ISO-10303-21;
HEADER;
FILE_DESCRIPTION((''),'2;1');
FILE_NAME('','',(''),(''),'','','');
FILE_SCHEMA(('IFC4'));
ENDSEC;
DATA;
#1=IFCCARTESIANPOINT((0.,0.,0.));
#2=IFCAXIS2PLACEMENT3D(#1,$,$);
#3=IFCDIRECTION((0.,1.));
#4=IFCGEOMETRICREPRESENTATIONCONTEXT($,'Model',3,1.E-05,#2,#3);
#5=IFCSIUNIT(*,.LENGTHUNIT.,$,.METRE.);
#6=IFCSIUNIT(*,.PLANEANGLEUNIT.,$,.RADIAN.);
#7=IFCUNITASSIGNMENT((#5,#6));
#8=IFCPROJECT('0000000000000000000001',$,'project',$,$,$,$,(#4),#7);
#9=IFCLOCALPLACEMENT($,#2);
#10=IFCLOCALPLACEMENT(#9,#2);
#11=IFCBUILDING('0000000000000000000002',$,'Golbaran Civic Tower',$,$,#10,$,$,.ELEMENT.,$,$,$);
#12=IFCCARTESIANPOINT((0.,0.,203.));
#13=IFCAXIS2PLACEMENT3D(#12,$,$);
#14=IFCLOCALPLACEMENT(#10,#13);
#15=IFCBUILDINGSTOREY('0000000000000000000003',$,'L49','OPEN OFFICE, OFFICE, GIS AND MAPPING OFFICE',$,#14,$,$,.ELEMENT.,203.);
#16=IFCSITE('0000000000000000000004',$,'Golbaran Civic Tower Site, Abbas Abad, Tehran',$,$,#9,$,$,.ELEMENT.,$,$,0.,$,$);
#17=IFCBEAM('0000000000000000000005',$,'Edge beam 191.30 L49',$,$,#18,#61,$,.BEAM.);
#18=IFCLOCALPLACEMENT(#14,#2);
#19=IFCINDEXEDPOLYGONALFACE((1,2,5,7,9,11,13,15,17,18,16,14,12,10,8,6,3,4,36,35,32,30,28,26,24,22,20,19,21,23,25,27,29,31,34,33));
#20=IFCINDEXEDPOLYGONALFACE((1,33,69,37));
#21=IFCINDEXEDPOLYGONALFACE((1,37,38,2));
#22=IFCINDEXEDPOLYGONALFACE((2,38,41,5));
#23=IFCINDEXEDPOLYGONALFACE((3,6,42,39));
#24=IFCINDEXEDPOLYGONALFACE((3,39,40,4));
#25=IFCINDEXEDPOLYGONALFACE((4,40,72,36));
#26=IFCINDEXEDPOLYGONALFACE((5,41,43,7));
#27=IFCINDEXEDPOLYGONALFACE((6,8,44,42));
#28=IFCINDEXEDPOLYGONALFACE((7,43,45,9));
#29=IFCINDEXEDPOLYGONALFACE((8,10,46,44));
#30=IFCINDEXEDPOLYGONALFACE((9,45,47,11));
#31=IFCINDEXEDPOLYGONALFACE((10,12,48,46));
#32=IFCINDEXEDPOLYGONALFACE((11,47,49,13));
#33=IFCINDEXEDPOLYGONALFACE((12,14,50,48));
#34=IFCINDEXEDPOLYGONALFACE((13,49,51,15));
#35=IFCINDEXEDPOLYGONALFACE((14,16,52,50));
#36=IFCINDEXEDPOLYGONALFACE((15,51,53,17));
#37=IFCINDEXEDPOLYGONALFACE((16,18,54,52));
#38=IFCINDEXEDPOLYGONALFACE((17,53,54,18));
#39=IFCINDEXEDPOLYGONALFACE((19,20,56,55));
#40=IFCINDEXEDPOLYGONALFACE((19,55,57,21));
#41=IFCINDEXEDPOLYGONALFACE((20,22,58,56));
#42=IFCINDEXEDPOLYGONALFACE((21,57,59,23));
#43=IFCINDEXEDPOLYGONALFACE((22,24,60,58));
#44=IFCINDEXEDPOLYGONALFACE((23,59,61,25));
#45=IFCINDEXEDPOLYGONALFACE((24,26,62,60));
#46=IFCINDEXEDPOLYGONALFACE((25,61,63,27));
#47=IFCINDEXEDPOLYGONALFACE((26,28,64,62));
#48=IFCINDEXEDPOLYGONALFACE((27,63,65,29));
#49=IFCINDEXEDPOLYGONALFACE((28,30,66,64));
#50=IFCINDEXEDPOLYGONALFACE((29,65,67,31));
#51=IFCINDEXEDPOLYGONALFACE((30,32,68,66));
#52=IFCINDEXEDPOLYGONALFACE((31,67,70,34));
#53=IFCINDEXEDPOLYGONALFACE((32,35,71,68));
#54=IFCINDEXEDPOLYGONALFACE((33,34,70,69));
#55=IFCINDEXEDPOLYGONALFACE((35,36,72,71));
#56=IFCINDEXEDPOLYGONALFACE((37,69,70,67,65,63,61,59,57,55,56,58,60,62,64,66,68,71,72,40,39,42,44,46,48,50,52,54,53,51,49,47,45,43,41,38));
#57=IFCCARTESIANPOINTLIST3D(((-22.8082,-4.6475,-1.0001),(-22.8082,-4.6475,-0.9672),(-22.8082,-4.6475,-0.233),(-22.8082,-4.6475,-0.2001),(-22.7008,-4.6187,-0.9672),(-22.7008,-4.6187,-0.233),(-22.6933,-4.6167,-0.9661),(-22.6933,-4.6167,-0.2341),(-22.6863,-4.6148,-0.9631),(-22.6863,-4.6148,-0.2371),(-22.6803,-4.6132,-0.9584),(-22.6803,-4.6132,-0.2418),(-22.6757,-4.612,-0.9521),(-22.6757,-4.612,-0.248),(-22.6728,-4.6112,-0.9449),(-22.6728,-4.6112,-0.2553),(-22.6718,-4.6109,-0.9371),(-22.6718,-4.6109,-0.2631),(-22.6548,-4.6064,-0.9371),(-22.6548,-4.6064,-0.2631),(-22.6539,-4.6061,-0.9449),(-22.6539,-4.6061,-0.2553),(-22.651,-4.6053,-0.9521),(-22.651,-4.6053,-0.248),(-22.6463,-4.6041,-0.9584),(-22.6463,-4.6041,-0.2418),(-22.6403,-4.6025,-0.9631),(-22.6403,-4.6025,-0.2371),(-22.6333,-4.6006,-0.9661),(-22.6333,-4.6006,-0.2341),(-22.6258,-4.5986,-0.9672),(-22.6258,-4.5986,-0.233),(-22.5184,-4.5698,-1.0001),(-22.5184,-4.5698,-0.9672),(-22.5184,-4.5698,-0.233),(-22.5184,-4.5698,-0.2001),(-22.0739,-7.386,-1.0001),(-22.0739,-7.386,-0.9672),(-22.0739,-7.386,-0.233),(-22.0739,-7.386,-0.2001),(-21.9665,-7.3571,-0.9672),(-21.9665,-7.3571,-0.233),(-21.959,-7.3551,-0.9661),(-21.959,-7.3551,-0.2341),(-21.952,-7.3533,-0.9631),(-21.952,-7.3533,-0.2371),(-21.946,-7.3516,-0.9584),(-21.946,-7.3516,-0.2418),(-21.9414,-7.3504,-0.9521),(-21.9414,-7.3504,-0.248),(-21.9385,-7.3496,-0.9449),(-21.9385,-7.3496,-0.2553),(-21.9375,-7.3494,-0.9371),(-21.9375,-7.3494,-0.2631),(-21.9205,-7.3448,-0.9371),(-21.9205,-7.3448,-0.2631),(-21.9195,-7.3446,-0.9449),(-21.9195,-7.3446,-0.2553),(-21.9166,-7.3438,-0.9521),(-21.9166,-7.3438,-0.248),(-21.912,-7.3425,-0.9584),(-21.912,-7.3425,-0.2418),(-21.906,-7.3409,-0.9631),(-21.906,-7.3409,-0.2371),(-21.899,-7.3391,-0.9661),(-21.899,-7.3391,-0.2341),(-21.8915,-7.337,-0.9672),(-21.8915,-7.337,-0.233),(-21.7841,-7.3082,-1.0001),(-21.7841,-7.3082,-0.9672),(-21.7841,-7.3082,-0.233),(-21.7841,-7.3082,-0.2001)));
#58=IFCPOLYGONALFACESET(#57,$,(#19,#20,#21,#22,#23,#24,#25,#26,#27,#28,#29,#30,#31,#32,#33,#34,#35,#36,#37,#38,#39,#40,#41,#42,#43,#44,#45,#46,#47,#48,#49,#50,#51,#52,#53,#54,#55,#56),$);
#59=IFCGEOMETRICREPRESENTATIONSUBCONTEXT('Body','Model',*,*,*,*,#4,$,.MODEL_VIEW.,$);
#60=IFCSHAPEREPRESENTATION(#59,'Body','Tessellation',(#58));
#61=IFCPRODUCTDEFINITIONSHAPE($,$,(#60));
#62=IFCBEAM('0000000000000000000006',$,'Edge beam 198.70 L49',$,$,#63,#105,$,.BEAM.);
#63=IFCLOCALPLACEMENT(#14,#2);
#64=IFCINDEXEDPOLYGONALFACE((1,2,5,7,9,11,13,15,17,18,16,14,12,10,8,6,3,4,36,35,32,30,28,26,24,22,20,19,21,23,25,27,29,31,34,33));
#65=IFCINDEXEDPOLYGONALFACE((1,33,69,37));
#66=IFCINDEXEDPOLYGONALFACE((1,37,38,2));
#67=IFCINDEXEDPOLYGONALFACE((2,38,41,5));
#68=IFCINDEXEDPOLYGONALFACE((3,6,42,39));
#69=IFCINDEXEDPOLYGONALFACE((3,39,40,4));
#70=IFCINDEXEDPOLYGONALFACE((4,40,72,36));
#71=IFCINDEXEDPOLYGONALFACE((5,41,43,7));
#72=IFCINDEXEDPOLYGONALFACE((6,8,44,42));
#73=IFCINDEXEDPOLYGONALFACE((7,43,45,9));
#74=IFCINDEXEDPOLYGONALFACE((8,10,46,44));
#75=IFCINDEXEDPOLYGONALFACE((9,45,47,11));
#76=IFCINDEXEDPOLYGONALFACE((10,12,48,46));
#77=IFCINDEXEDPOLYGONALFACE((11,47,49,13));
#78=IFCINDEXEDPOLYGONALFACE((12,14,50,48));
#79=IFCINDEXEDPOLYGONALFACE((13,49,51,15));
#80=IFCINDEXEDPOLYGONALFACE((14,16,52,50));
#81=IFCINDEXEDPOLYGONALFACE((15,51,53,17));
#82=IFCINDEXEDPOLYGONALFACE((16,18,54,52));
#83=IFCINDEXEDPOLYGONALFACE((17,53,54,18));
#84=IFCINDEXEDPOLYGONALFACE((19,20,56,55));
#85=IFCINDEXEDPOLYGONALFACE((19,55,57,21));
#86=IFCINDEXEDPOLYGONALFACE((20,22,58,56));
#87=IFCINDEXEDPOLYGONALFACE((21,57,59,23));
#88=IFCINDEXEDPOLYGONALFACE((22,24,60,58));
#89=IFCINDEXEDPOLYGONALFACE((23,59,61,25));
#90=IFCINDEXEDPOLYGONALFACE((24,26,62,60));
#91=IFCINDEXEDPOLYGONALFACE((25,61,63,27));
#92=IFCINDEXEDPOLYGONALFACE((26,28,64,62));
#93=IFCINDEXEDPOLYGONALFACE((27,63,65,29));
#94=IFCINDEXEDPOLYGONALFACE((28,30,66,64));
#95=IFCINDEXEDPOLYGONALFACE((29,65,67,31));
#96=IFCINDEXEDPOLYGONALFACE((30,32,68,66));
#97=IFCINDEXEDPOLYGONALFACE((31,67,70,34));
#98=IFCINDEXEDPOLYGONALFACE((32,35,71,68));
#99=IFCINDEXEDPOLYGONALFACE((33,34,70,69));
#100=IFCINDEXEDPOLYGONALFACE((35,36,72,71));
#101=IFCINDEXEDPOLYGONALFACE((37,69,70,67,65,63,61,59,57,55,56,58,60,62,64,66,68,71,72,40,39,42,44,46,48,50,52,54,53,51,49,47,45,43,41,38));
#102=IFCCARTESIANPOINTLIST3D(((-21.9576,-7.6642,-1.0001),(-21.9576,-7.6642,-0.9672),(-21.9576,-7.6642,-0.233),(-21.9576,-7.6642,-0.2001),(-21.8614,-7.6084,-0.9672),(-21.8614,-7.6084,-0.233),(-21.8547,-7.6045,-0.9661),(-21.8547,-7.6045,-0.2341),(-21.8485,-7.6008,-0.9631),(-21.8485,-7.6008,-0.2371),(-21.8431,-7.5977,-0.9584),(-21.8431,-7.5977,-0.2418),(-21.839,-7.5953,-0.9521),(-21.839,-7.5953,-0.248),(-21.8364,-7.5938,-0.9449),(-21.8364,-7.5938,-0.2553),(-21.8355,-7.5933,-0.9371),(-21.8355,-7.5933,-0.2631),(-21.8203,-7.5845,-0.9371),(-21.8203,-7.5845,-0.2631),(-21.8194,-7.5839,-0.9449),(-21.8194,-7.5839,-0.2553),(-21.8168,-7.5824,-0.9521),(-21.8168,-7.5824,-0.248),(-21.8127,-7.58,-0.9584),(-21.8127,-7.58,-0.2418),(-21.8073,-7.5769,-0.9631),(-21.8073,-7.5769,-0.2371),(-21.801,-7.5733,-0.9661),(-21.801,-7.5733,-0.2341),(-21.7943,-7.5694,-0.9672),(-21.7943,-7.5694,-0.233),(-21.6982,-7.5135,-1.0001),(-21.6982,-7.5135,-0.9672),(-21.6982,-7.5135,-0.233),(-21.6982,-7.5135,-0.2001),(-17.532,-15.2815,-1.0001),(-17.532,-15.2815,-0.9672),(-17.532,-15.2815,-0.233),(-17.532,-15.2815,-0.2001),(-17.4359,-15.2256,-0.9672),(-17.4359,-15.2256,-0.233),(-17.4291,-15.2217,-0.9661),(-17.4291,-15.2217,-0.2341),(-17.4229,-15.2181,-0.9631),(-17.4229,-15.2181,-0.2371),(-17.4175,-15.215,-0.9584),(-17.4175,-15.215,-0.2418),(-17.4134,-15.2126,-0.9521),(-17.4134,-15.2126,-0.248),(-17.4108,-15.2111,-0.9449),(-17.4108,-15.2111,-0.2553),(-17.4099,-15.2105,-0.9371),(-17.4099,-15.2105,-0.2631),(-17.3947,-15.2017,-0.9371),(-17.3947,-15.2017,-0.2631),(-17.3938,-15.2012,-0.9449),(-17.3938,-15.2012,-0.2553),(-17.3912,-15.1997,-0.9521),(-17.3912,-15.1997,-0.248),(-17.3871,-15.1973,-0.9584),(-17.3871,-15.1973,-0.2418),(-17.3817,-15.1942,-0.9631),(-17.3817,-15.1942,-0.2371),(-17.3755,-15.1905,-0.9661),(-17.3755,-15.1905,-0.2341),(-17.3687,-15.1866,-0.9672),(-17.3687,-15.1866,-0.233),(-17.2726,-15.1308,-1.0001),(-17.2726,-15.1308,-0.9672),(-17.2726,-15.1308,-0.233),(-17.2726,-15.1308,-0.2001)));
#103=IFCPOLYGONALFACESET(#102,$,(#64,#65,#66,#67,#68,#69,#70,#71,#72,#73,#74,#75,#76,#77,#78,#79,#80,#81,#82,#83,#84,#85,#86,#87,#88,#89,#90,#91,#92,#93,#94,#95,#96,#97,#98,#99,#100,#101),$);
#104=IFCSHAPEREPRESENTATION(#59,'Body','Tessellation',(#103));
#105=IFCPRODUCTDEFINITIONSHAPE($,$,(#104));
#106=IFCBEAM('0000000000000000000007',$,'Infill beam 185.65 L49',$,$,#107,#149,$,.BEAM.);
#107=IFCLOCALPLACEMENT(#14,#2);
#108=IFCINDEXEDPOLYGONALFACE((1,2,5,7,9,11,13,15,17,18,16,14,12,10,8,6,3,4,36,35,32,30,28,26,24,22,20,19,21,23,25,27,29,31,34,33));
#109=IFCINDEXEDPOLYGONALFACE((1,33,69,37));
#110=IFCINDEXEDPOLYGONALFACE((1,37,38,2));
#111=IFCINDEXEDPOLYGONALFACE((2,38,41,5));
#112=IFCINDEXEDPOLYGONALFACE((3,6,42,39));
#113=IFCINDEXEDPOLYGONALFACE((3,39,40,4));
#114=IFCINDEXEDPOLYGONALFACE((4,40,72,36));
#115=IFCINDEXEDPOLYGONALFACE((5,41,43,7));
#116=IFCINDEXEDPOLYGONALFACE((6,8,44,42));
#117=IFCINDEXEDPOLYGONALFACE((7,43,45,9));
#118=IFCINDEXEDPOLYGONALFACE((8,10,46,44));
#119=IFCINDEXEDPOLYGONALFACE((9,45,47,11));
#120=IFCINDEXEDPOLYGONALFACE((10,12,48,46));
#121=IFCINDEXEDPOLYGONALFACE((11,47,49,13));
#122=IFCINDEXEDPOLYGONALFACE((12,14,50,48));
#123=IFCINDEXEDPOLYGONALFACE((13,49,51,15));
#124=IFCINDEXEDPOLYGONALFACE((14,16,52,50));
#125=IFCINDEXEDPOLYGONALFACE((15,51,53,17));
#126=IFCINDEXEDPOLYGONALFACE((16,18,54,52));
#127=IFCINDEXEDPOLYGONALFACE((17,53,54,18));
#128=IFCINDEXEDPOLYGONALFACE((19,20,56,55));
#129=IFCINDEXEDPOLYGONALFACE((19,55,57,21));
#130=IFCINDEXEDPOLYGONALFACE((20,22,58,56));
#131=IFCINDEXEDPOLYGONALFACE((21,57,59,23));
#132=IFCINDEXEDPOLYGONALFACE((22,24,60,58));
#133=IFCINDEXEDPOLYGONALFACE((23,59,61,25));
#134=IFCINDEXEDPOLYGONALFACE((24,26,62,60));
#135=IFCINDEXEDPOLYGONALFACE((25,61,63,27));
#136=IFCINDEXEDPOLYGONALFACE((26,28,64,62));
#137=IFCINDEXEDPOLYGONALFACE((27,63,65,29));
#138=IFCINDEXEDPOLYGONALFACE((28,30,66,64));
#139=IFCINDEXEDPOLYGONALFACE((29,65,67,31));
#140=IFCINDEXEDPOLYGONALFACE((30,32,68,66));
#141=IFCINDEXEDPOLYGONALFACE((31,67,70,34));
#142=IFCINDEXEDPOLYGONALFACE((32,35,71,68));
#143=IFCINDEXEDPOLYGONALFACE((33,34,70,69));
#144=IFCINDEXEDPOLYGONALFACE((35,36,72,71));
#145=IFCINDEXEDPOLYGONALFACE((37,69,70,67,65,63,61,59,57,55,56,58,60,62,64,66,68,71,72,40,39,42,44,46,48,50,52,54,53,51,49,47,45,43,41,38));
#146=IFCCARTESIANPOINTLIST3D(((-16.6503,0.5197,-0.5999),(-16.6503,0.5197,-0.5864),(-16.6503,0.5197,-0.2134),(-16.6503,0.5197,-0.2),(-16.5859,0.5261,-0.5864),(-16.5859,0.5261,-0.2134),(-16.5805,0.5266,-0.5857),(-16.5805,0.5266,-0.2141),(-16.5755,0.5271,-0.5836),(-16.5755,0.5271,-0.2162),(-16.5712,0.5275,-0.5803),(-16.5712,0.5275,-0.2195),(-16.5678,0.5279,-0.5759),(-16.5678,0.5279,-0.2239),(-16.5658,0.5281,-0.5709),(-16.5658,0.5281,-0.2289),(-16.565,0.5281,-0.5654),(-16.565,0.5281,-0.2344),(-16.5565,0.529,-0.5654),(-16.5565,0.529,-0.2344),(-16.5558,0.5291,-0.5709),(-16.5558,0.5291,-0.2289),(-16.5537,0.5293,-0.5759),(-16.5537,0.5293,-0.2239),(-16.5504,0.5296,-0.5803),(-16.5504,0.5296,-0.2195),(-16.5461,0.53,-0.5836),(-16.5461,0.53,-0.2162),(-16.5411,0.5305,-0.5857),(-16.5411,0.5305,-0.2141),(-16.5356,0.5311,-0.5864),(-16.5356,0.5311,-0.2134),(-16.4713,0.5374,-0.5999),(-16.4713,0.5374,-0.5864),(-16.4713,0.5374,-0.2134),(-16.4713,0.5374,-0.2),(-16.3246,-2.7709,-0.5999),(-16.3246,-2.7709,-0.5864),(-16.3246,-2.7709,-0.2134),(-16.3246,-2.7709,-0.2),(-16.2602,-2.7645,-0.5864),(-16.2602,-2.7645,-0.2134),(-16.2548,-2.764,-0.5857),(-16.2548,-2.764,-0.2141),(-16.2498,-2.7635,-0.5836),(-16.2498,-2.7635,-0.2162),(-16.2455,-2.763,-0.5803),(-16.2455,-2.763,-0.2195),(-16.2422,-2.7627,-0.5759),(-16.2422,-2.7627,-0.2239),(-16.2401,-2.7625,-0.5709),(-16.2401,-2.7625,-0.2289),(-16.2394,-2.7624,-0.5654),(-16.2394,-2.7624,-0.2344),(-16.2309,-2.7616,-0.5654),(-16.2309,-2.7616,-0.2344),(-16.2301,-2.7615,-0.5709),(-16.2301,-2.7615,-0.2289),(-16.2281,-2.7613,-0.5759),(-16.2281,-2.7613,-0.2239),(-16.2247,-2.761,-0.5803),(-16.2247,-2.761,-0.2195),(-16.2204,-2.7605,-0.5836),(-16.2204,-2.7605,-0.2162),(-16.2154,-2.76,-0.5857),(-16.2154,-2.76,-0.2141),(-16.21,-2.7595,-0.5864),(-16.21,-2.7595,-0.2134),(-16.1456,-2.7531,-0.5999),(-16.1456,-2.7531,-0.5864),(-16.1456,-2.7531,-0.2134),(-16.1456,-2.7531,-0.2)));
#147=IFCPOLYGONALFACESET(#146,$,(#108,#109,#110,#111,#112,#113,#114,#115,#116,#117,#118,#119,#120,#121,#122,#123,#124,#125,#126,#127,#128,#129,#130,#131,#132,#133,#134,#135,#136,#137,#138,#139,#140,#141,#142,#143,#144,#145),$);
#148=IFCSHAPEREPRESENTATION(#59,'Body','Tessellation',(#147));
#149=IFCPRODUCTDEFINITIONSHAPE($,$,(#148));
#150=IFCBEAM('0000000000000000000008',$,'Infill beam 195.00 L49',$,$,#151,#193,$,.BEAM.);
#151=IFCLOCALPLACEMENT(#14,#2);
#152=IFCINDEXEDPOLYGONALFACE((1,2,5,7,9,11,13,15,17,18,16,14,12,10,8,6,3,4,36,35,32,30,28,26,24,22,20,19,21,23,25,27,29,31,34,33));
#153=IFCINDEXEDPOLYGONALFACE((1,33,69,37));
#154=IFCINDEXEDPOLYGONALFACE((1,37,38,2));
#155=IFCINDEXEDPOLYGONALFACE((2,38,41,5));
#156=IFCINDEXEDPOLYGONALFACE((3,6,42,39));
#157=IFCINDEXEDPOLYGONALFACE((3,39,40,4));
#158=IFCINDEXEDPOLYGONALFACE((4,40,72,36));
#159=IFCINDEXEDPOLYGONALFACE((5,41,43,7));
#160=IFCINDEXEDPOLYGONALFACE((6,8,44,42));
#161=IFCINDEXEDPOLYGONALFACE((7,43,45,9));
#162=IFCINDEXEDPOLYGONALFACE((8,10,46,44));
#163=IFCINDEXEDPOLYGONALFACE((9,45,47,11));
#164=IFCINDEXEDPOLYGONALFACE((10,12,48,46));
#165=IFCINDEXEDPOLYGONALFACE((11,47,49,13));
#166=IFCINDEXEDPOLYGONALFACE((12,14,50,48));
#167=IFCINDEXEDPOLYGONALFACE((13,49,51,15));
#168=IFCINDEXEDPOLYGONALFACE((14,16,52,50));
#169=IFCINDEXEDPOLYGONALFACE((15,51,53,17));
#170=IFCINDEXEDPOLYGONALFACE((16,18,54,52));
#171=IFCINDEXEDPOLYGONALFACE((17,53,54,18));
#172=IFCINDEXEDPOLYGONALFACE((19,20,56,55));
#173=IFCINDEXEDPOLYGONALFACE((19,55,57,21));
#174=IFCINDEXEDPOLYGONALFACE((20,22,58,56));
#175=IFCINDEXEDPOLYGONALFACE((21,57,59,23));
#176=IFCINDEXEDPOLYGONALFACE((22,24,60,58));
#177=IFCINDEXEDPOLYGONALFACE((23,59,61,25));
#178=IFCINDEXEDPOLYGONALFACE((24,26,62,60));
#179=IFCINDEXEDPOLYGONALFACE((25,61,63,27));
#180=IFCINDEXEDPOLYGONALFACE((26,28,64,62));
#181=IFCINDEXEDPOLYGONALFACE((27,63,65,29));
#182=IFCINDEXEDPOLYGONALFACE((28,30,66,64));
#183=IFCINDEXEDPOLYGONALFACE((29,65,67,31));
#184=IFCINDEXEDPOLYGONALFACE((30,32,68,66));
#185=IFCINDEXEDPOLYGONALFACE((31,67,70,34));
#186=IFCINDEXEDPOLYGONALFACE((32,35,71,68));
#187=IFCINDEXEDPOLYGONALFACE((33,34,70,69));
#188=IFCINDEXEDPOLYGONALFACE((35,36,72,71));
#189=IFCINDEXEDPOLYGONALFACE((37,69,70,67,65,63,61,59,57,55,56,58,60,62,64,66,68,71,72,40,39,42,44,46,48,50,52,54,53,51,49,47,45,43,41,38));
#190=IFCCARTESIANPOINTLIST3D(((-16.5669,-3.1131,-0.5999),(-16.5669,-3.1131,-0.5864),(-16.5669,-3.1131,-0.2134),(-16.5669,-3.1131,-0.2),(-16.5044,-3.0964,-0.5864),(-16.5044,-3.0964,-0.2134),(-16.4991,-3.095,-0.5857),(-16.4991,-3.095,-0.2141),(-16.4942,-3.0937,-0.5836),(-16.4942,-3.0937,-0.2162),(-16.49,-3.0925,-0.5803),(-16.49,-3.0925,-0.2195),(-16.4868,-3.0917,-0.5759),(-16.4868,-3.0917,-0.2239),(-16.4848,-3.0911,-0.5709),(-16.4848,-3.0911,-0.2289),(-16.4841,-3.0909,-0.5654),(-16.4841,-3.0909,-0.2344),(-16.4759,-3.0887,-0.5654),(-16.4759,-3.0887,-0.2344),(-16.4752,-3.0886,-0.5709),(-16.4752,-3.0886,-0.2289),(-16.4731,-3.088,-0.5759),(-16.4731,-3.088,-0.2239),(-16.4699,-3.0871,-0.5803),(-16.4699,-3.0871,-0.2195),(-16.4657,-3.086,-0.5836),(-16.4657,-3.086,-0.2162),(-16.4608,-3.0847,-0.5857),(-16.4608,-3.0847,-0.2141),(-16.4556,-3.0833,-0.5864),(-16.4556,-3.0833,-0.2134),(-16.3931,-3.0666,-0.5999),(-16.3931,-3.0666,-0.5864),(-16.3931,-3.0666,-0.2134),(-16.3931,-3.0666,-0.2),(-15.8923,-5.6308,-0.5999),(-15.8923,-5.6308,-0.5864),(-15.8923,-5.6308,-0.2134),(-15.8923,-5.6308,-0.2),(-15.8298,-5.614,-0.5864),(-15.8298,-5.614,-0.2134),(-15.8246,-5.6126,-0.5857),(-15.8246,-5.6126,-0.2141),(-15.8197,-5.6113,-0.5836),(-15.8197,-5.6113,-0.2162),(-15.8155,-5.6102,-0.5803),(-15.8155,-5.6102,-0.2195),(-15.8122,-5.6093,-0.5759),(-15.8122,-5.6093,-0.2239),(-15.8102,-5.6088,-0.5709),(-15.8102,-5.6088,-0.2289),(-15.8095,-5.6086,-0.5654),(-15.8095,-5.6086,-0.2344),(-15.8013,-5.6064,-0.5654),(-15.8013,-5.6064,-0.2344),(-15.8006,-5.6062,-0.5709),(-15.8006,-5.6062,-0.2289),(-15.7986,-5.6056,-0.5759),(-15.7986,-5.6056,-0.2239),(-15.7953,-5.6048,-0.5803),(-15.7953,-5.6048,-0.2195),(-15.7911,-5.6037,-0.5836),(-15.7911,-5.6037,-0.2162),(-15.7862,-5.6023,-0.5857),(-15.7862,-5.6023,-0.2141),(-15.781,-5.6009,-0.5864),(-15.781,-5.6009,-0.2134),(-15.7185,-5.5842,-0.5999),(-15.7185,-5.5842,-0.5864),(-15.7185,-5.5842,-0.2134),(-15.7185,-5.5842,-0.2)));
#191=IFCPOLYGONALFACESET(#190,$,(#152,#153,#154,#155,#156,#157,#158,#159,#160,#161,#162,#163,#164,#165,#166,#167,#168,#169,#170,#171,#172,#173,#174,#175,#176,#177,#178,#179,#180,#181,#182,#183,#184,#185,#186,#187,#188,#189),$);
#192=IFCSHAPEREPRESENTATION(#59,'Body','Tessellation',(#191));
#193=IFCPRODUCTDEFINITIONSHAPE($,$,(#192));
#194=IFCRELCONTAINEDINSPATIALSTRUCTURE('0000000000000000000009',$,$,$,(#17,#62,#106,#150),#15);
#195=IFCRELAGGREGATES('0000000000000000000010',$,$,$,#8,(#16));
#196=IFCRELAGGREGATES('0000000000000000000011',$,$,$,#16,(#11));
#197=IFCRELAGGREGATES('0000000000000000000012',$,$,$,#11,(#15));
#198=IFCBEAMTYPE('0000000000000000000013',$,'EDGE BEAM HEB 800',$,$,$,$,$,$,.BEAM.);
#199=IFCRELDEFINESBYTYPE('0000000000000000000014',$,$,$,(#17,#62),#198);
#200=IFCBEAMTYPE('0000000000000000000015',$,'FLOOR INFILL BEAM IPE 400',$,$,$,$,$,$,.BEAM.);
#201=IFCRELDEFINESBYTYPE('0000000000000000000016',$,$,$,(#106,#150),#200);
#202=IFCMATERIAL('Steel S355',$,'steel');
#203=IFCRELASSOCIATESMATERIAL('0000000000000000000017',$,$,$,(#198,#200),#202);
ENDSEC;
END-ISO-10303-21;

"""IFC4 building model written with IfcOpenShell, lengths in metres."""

from ifc_helpers import new_model, si_unit, direction, frame, origin, origin_2d, place, context, subcontext, project, spatial, i_section, extrude, material, material_profile, profile_set, type_object, element, save


model = new_model("IFC4")

# Units and contexts
model_context = context("Model", 3, precision=1e-05, world=origin(), true_north=direction((0.0, 1.0)))
body_context = subcontext(model_context, "Body", "Model", "MODEL_VIEW")
ifc_project = project(units=[si_unit("LENGTHUNIT", "METRE"), si_unit("PLANEANGLEUNIT", "RADIAN")], contexts=[model_context])

# Site, building, storey
site_placement = place(None, origin())
site = spatial("IfcSite", under=ifc_project, at=site_placement, Name="Golbaran Civic Tower Site, Abbas Abad, Tehran", CompositionType="ELEMENT", RefElevation=0.0)
building_placement = place(site_placement, origin())
building = spatial("IfcBuilding", under=site, at=building_placement, Name="Golbaran Civic Tower", CompositionType="ELEMENT")
storey_placement = place(building_placement, frame((0.0, 0.0, 203.0)))
storey = spatial("IfcBuildingStorey", under=building, at=storey_placement, Name="L49", Description="OPEN OFFICE, OFFICE, GIS AND MAPPING OFFICE", CompositionType="ELEMENT", Elevation=203.0)

# Beams
ifc_material_1 = material(Name="Steel S355", Category="steel")
ifc_material_profile_1 = material_profile(ifc_material_1, i_section(OverallWidth=0.3, OverallDepth=0.8, WebThickness=0.0176, FlangeThickness=0.033, FilletRadius=0.03, at=origin_2d()), Name="HEB 800")
ifc_profile_set_1 = profile_set([ifc_material_profile_1], Name="Steel S355")
beam_type_1 = type_object("IfcBeamType", Name="EDGE BEAM HEB 800", PredefinedType="BEAM", material=ifc_profile_set_1)
beam_1_placement = place(storey_placement, frame((-22.6633, -4.6086, -0.6001), z_axis=(0.259013, -0.965874, 0.0), x_axis=(0.965874, 0.259013, 0.0)))
element("IfcBeam", 1, at=beam_1_placement, inside=storey, type_object=beam_type_1, Name="Edge beam 191.30 L49", PredefinedType="BEAM", context=body_context, shape_type="SweptSolid", body=[
    extrude(i_section(OverallWidth=0.3, OverallDepth=0.8, WebThickness=0.0176, FlangeThickness=0.033, FilletRadius=0.03, at=origin_2d()), origin(), (0.0, 0.0, 1.0), 2.8352),
])
beam_2_placement = place(storey_placement, frame((-21.8279, -7.5889, -0.6001), z_axis=(0.502361, -0.864658, 0.0), x_axis=(0.864658, 0.502361, 0.0)))
element("IfcBeam", 2, at=beam_2_placement, inside=storey, type_object=beam_type_1, Name="Edge beam 198.70 L49", PredefinedType="BEAM", context=body_context, shape_type="SweptSolid", body=[
    extrude(i_section(OverallWidth=0.3, OverallDepth=0.8, WebThickness=0.0176, FlangeThickness=0.033, FilletRadius=0.03, at=origin_2d()), origin(), (0.0, 0.0, 1.0), 8.8096),
])
ifc_material_profile_2 = material_profile(ifc_material_1, i_section(OverallWidth=0.1799, OverallDepth=0.3999, WebThickness=0.0085, FlangeThickness=0.0134, FilletRadius=0.021, at=origin_2d()), Name="IPE 400")
ifc_profile_set_2 = profile_set([ifc_material_profile_2], Name="Steel S355")
beam_type_2 = type_object("IfcBeamType", Name="FLOOR INFILL BEAM IPE 400", PredefinedType="BEAM", material=ifc_profile_set_2)
beam_3_placement = place(storey_placement, frame((-16.5608, 0.5286, -0.3999), z_axis=(0.098495, -0.995138, 0.0), x_axis=(0.995138, 0.098495, 0.0)))
element("IfcBeam", 3, at=beam_3_placement, inside=storey, type_object=beam_type_2, Name="Infill beam 185.65 L49", PredefinedType="BEAM", context=body_context, shape_type="SweptSolid", body=[
    extrude(i_section(OverallWidth=0.1799, OverallDepth=0.3999, WebThickness=0.0085, FlangeThickness=0.0134, FilletRadius=0.021, at=origin_2d()), origin(), (0.0, 0.0, 1.0), 3.3066),
])
beam_4_placement = place(storey_placement, frame((-16.48, -3.0898, -0.3999), z_axis=(0.258811, -0.965928, 0.0), x_axis=(0.965928, 0.258811, 0.0)))
element("IfcBeam", 4, at=beam_4_placement, inside=storey, type_object=beam_type_2, Name="Infill beam 195.00 L49", PredefinedType="BEAM", context=body_context, shape_type="SweptSolid", body=[
    extrude(i_section(OverallWidth=0.1799, OverallDepth=0.3999, WebThickness=0.0085, FlangeThickness=0.0134, FilletRadius=0.021, at=origin_2d()), origin(), (0.0, 0.0, 1.0), 2.6064),
])

save(model, "model.ifc")
